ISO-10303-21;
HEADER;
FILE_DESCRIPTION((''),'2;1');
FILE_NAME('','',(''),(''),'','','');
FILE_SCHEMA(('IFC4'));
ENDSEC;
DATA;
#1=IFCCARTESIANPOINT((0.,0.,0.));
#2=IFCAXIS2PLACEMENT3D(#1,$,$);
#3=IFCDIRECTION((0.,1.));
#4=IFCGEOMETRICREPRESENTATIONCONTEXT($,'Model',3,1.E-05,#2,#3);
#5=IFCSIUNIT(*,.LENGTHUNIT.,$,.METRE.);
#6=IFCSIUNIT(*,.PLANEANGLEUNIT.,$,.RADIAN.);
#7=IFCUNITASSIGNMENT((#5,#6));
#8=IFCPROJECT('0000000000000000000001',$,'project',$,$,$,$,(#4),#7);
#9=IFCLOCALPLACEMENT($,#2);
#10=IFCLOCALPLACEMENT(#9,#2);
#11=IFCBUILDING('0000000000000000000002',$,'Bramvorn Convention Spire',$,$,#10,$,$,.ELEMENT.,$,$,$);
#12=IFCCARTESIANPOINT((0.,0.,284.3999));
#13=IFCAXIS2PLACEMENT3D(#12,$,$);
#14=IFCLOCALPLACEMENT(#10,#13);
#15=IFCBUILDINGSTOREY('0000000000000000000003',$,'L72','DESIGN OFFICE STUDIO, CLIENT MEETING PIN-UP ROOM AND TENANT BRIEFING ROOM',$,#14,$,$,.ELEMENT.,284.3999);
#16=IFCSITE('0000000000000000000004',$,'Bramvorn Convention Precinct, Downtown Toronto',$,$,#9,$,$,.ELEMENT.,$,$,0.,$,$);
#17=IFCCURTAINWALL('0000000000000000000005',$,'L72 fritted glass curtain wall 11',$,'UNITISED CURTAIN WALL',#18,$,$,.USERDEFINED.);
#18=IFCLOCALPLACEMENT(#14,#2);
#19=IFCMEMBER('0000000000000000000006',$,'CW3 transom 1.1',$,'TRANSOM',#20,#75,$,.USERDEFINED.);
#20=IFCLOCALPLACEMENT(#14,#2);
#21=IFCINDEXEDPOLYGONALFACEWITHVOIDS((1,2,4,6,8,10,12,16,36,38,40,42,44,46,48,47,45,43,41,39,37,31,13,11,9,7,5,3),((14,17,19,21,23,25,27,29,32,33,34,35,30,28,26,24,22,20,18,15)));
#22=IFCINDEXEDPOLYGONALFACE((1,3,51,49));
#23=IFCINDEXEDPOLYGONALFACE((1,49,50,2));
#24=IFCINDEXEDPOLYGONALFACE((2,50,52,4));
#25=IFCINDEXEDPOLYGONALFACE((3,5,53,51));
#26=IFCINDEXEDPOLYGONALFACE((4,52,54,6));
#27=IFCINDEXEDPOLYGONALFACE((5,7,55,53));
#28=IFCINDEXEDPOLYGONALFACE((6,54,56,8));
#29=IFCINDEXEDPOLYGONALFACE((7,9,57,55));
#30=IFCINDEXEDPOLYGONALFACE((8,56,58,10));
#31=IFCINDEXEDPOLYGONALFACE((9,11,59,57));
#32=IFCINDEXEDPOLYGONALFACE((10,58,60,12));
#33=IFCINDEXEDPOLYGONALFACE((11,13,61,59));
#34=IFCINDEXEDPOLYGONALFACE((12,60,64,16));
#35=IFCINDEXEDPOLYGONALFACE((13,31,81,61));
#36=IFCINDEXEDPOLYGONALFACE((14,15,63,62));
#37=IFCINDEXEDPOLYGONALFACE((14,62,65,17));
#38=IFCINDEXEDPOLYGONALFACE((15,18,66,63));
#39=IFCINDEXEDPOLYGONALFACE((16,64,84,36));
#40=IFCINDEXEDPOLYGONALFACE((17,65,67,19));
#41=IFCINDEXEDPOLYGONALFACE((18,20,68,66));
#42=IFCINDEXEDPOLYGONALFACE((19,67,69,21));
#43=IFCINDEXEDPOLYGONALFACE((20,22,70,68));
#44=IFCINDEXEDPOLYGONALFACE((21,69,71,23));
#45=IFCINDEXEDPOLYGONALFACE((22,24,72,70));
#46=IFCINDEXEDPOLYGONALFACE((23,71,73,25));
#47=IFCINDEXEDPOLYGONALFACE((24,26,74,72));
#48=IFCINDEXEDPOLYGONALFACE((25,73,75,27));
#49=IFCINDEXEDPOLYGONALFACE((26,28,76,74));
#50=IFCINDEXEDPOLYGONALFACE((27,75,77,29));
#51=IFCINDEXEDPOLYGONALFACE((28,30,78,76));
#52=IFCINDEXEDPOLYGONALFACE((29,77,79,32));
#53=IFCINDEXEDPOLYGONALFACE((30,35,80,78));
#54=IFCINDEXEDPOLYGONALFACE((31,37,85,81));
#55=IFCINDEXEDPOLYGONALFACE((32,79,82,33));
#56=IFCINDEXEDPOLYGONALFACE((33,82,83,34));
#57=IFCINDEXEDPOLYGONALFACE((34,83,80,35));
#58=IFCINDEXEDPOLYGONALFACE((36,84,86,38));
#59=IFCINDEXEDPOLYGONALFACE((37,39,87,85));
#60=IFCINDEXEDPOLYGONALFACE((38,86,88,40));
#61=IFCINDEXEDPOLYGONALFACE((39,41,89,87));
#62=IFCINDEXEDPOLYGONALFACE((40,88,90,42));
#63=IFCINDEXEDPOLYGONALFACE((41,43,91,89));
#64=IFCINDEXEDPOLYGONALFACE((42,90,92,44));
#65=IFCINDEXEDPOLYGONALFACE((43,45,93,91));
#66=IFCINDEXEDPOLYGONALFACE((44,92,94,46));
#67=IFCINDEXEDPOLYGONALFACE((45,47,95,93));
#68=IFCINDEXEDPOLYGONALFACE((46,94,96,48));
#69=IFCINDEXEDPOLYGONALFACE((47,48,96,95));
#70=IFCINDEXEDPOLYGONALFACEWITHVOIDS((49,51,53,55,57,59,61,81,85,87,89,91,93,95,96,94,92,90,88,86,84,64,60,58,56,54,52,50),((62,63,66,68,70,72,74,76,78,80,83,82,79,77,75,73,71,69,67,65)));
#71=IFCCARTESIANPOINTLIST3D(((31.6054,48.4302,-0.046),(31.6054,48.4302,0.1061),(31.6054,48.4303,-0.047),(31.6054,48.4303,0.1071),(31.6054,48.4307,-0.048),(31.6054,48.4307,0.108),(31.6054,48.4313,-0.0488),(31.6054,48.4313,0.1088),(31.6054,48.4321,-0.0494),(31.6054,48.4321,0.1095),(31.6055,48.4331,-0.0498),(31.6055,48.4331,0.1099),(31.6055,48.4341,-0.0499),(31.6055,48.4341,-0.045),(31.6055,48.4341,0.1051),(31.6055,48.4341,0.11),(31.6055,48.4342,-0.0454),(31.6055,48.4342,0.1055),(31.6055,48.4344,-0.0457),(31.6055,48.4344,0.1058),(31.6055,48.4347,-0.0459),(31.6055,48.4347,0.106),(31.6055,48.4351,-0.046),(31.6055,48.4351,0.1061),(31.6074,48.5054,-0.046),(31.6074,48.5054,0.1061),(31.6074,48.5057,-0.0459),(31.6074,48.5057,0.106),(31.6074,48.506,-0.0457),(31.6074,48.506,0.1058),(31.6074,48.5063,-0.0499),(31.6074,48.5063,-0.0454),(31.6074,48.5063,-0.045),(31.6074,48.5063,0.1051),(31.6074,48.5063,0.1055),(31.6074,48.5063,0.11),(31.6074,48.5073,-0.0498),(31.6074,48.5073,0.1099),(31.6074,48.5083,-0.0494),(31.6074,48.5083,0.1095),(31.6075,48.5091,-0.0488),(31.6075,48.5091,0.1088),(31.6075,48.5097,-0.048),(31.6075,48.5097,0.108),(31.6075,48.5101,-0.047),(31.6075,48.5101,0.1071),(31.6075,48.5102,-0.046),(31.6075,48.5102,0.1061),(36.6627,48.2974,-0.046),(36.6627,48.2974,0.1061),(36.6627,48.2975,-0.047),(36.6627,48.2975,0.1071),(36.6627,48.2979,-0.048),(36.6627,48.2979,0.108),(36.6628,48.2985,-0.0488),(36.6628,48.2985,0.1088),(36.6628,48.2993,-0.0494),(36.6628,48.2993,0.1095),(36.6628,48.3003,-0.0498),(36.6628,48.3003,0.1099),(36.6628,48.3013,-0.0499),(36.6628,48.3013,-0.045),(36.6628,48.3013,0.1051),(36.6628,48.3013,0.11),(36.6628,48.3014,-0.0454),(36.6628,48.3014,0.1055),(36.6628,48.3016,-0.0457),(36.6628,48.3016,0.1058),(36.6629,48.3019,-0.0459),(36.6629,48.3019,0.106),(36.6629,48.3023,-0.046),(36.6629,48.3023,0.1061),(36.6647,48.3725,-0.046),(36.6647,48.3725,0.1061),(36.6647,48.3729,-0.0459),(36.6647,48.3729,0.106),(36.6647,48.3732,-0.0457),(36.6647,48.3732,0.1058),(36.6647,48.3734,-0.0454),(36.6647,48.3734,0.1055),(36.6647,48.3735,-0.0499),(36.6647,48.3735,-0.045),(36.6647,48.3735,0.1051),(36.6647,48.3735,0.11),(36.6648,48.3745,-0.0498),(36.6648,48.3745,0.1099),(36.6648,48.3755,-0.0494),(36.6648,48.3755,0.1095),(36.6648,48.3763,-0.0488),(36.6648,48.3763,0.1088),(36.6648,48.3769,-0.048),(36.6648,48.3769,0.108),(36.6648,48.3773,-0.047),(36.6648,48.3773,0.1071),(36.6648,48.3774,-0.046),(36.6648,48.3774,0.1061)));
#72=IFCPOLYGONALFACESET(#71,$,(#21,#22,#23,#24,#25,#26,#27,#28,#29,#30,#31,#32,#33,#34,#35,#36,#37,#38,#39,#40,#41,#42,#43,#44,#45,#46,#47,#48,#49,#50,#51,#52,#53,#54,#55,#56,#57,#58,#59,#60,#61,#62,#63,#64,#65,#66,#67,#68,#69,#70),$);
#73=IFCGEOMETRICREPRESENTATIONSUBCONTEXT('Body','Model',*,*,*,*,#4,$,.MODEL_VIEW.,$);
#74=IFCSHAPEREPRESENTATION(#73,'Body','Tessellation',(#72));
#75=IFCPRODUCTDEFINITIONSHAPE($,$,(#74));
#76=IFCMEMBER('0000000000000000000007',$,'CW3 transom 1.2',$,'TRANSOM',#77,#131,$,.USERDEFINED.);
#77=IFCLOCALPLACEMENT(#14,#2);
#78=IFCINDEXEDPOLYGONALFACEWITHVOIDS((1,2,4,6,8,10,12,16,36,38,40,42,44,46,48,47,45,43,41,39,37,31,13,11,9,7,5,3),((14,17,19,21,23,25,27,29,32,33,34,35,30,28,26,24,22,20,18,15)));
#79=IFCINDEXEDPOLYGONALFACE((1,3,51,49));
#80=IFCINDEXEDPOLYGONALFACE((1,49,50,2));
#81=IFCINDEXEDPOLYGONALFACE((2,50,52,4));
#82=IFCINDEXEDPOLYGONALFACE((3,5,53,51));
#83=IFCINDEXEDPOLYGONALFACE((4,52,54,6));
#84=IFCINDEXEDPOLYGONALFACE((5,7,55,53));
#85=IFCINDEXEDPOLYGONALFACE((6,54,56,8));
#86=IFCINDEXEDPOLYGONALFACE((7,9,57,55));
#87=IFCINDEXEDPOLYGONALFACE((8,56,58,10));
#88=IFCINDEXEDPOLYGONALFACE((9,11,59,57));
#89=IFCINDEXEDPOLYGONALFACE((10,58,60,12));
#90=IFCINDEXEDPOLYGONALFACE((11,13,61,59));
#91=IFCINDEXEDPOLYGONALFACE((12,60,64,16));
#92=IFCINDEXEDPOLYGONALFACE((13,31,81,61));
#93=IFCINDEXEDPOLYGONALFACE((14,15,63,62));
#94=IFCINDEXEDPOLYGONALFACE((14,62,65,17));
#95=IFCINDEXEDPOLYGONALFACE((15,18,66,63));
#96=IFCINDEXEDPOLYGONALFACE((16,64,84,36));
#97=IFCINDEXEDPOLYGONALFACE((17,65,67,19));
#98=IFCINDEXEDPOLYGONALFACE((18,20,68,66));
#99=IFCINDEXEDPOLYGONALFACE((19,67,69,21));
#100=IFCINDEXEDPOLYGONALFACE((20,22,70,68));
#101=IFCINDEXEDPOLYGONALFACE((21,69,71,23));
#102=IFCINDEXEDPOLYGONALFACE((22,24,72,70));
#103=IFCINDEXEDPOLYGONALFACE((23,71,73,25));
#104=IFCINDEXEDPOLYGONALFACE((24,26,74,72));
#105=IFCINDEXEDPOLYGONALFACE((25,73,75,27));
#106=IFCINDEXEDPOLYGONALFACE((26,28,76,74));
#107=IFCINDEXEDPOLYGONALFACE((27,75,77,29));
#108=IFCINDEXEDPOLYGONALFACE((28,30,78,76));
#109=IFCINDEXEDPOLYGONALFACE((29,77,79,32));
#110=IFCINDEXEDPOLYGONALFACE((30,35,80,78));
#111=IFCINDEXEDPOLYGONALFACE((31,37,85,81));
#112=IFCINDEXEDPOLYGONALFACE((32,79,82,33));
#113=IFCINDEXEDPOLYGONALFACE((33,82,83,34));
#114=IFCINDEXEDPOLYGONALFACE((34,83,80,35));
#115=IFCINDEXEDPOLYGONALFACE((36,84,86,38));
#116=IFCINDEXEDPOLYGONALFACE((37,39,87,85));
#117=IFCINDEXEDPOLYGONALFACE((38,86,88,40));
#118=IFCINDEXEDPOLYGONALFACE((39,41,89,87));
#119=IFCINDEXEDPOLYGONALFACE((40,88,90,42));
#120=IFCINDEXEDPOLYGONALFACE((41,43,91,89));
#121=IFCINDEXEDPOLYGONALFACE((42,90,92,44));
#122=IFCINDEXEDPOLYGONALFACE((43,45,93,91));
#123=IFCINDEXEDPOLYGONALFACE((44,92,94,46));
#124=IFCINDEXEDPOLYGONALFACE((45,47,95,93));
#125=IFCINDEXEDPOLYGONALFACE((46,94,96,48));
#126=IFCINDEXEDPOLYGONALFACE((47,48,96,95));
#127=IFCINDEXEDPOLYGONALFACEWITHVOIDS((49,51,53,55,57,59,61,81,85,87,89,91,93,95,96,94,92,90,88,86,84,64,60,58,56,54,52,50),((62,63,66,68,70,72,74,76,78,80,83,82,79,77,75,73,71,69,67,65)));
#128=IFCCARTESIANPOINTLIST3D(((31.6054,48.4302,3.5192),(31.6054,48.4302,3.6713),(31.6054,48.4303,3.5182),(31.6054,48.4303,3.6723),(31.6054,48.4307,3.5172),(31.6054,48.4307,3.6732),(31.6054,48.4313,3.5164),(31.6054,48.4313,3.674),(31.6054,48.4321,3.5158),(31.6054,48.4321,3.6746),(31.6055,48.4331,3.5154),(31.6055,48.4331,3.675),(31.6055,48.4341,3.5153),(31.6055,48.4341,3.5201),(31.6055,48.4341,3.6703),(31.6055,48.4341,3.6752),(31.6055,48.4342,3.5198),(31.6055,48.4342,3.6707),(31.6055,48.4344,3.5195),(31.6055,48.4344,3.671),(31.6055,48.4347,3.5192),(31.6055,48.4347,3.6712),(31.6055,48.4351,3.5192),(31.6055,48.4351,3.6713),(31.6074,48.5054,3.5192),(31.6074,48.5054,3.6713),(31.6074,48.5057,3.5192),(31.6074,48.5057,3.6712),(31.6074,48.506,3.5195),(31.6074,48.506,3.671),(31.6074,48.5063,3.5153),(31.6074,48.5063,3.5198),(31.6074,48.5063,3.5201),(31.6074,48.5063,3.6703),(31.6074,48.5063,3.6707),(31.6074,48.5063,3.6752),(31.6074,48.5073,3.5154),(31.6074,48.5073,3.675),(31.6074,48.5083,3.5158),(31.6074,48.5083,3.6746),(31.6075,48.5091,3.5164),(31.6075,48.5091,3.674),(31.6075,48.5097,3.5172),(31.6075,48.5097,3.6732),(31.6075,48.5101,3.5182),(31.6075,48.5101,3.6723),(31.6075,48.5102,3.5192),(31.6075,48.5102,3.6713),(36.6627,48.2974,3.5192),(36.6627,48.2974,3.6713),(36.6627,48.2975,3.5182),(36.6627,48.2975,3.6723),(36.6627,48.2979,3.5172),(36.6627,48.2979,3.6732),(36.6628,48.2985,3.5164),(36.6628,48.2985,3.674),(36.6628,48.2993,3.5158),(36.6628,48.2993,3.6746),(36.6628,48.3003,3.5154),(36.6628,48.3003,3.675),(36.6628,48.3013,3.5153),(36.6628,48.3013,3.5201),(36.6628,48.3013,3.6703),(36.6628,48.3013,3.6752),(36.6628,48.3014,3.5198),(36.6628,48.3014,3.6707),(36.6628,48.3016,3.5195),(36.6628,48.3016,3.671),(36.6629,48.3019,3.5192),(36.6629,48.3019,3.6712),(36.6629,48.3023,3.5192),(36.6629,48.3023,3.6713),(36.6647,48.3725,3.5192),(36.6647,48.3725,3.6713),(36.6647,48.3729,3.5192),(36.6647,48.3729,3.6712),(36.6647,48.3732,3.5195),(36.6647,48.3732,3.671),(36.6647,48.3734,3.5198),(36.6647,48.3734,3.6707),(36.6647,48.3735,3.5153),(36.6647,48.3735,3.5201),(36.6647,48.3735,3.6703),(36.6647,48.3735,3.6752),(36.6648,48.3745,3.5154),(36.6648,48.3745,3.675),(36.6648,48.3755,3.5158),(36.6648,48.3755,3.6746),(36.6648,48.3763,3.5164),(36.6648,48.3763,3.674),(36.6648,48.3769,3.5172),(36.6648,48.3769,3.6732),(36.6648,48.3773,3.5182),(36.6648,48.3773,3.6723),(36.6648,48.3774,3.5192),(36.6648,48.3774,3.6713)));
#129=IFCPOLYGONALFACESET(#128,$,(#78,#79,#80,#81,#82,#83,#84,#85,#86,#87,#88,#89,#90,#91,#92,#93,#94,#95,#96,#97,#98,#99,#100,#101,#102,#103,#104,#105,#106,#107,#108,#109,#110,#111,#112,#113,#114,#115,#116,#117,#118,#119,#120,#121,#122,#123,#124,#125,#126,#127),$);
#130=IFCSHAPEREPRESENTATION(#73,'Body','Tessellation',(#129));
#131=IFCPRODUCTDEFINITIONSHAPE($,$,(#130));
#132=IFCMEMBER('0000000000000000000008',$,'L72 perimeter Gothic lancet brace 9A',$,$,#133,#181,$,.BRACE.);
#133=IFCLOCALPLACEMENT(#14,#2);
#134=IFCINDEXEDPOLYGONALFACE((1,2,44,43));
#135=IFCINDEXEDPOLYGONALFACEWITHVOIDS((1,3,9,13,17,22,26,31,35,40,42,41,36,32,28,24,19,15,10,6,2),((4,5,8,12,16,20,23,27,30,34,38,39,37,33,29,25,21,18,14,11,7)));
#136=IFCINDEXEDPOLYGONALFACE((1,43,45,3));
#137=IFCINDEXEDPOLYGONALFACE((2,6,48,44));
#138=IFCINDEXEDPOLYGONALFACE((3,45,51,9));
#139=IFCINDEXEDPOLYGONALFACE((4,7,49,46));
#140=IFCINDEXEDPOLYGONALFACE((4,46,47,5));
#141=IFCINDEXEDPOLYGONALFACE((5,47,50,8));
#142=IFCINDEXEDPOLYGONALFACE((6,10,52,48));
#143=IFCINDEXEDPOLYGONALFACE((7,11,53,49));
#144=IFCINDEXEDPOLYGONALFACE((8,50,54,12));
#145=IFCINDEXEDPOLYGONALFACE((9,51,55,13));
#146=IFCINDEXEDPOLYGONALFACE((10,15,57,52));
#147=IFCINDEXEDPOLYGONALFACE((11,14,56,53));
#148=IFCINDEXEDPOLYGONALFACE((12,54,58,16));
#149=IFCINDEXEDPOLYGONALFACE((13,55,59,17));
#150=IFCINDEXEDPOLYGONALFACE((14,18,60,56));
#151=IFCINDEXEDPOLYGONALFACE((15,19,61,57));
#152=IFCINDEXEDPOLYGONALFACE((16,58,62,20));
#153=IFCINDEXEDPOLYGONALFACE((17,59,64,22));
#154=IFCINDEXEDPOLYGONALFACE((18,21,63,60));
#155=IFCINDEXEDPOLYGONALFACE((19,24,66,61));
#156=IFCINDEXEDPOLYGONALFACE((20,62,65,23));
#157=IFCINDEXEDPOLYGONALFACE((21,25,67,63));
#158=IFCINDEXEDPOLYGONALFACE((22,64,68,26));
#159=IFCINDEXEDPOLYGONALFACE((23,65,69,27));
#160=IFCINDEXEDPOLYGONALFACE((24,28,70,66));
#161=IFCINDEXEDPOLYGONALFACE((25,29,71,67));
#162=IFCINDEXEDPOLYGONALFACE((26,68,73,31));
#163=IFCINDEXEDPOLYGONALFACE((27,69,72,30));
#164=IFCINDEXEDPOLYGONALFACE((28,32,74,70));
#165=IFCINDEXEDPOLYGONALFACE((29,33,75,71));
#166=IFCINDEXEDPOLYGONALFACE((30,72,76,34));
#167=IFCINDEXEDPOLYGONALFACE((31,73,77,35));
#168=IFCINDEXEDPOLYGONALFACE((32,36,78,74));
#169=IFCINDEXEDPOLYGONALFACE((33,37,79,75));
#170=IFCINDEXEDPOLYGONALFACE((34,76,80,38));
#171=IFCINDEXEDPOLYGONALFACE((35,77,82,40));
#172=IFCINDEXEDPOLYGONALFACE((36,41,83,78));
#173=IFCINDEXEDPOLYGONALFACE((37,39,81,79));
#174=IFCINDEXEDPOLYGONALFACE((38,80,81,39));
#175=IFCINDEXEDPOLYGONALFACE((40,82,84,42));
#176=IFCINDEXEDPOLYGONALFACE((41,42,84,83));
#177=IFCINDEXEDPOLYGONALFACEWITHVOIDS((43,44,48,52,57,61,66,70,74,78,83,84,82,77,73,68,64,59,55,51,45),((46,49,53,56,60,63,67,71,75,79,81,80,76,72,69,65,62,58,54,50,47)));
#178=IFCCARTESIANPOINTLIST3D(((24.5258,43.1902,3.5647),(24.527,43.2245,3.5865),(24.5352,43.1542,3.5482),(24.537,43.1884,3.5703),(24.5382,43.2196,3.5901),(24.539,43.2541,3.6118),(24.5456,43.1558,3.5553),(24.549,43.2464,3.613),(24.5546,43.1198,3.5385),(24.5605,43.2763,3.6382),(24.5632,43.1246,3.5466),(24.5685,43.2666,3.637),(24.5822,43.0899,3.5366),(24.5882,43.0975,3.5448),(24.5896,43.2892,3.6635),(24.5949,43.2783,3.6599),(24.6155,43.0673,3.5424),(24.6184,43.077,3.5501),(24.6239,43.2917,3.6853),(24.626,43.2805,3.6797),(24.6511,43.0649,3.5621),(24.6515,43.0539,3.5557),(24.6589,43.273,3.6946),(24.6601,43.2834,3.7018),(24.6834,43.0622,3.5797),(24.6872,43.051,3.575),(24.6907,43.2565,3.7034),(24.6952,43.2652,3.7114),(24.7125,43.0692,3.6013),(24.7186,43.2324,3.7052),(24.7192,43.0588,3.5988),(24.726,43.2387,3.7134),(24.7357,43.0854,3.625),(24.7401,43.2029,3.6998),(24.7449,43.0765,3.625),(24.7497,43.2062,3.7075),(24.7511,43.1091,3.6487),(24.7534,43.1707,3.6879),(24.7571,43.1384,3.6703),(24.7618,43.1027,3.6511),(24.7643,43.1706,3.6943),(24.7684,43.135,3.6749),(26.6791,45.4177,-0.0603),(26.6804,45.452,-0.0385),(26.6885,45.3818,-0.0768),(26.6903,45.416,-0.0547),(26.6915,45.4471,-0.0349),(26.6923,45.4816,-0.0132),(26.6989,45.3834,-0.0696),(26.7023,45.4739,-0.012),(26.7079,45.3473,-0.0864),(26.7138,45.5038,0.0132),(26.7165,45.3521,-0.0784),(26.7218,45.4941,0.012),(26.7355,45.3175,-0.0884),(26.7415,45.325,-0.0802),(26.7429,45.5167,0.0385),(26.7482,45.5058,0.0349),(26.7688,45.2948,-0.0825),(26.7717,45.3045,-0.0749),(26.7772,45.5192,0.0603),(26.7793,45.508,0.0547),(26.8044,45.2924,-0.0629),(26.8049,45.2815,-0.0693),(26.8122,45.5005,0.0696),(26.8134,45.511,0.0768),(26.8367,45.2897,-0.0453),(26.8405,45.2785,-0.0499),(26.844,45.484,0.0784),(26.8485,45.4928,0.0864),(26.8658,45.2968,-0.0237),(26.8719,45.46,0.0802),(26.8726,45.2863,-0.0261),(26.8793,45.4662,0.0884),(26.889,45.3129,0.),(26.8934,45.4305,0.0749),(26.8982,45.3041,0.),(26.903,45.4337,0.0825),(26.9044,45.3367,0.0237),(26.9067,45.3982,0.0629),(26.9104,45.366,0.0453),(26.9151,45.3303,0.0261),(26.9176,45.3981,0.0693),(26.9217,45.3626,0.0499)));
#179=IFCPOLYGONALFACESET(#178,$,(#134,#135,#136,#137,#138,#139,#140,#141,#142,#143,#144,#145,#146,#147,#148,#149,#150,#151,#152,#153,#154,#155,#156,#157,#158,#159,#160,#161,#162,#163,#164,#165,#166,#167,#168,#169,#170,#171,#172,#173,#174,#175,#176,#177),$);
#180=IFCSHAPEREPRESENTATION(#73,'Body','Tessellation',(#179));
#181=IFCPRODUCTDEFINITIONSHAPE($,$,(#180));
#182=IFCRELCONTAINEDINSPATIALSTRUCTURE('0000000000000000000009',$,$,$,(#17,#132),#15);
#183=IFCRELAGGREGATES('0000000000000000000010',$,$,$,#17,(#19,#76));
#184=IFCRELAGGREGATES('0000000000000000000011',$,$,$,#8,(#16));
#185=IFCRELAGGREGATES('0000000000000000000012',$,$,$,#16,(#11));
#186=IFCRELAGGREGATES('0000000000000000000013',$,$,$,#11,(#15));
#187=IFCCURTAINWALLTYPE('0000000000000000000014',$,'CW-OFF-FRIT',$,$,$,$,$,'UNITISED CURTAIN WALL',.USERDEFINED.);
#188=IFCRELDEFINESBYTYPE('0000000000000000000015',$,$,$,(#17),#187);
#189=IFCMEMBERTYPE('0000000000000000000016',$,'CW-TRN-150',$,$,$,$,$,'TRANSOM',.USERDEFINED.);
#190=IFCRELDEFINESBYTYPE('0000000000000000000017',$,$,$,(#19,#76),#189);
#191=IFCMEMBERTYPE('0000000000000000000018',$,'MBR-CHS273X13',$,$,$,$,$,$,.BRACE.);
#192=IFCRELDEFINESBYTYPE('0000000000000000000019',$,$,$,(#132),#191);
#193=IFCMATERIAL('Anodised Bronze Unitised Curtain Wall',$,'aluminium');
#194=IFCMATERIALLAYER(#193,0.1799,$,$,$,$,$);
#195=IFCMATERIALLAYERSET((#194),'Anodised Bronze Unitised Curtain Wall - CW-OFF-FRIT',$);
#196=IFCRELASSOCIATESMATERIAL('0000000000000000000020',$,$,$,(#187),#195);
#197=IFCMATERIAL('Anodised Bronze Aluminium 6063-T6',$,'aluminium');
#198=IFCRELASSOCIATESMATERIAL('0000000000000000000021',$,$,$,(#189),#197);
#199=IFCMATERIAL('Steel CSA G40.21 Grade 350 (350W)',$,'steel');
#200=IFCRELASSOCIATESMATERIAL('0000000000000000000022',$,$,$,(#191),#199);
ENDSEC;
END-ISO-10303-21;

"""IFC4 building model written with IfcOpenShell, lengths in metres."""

from ifc_helpers import new_model, si_unit, direction, frame, origin, origin_2d, place, context, subcontext, project, spatial, hollow_rectangle, hollow_circle, extrude, material, layer, layer_set, material_profile, profile_set, type_object, element, aggregate, save


model = new_model("IFC4")

# Units and contexts
model_context = context("Model", 3, precision=1e-05, world=origin(), true_north=direction((0.0, 1.0)))
body_context = subcontext(model_context, "Body", "Model", "MODEL_VIEW")
ifc_project = project(units=[si_unit("LENGTHUNIT", "METRE"), si_unit("PLANEANGLEUNIT", "RADIAN")], contexts=[model_context])

# Site, building, storey
site_placement = place(None, origin())
site = spatial("IfcSite", under=ifc_project, at=site_placement, Name="Bramvorn Convention Precinct, Downtown Toronto", CompositionType="ELEMENT", RefElevation=0.0)
building_placement = place(site_placement, origin())
building = spatial("IfcBuilding", under=site, at=building_placement, Name="Bramvorn Convention Spire", CompositionType="ELEMENT")
storey_placement = place(building_placement, frame((0.0, 0.0, 284.3999)))
storey = spatial("IfcBuildingStorey", under=building, at=storey_placement, Name="L72", Description="DESIGN OFFICE STUDIO, CLIENT MEETING PIN-UP ROOM AND TENANT BRIEFING ROOM", CompositionType="ELEMENT", Elevation=284.3999)

# Shared definitions
ifc_material_1 = material(Name="Steel CSA G40.21 Grade 350 (350W)", Category="steel")

# Curtain wall
ifc_material_2 = material(Name="Anodised Bronze Unitised Curtain Wall", Category="aluminium")
ifc_layer_1 = layer(ifc_material_2, 0.1799)
ifc_layer_set_1 = layer_set([ifc_layer_1], Name="Anodised Bronze Unitised Curtain Wall - CW-OFF-FRIT")
curtain_wall_type = type_object("IfcCurtainWallType", Name="CW-OFF-FRIT", ElementType="UNITISED CURTAIN WALL", PredefinedType="USERDEFINED", material=ifc_layer_set_1)
curtain_wall_1_placement = place(storey_placement, origin())
curtain_wall_1 = element("IfcCurtainWall", 1, at=curtain_wall_1_placement, inside=storey, type_object=curtain_wall_type, Name="L72 fritted glass curtain wall 11", ObjectType="UNITISED CURTAIN WALL", PredefinedType="USERDEFINED")
ifc_material_3 = material(Name="Anodised Bronze Aluminium 6063-T6", Category="aluminium")

# Members
ifc_material_profile_1 = material_profile(ifc_material_3, hollow_rectangle(XDim=0.0801, YDim=0.1599, WallThickness=0.0039, InnerFilletRadius=0.001, OuterFilletRadius=0.0039, at=origin_2d()))
ifc_profile_set_1 = profile_set([ifc_material_profile_1], Name="Anodised Bronze Aluminium 6063-T6 - CWT80X160")
member_type_1 = type_object("IfcMemberType", Name="CW-TRN-150", ElementType="TRANSOM", PredefinedType="USERDEFINED", material=ifc_profile_set_1)
member_1_placement = place(storey_placement, frame((31.6064, 48.4702, 0.03), z_axis=(0.999655, -0.026252, 0.0), x_axis=(0.026252, 0.999655, 0.0)))
member_1 = element("IfcMember", 2, at=member_1_placement, type_object=member_type_1, Name="CW3 transom 1.1", ObjectType="TRANSOM", PredefinedType="USERDEFINED", context=body_context, shape_type="SweptSolid", body=[
    extrude(hollow_rectangle(XDim=0.0801, YDim=0.1599, WallThickness=0.0039, InnerFilletRadius=0.001, OuterFilletRadius=0.0039, at=origin_2d()), origin(), (0.0, 0.0, 1.0), 5.0591),
])
member_2_placement = place(storey_placement, frame((31.6064, 48.4702, 3.5952), z_axis=(0.999655, -0.026252, 0.0), x_axis=(0.026252, 0.999655, 0.0)))
member_2 = element("IfcMember", 3, at=member_2_placement, type_object=member_type_1, Name="CW3 transom 1.2", ObjectType="TRANSOM", PredefinedType="USERDEFINED", context=body_context, shape_type="SweptSolid", body=[
    extrude(hollow_rectangle(XDim=0.0801, YDim=0.1599, WallThickness=0.0039, InnerFilletRadius=0.001, OuterFilletRadius=0.0039, at=origin_2d()), origin(), (0.0, 0.0, 1.0), 5.0591),
])

# Member
ifc_material_profile_2 = material_profile(ifc_material_1, hollow_circle(Radius=0.1365, WallThickness=0.0127, at=origin_2d()))
ifc_profile_set_2 = profile_set([ifc_material_profile_2], Name="Steel CSA G40.21 Grade 350 (350W) - CHS273X13")
member_type_2 = type_object("IfcMemberType", Name="MBR-CHS273X13", PredefinedType="BRACE", material=ifc_profile_set_2)
for number, where, z_axis, x_axis, name in (
    (4, (26.8, 45.3989, 0.0), (-0.451564, -0.467129, 0.760185), (0.718983, -0.695028, 0.0), "L72 perimeter Gothic lancet brace 9A"),
):
    element("IfcMember", number, at=place(storey_placement, frame(where, z_axis=z_axis, x_axis=x_axis)), inside=storey, type_object=member_type_2, Name=name, PredefinedType="BRACE", context=body_context, shape_type="SweptSolid", body=[
        extrude(hollow_circle(Radius=0.1365, WallThickness=0.0127, at=origin_2d()), origin(), (0.0, 0.0, 1.0), 4.7686),
    ])

aggregate(curtain_wall_1, [member_1, member_2])

save(model, "model.ifc")
